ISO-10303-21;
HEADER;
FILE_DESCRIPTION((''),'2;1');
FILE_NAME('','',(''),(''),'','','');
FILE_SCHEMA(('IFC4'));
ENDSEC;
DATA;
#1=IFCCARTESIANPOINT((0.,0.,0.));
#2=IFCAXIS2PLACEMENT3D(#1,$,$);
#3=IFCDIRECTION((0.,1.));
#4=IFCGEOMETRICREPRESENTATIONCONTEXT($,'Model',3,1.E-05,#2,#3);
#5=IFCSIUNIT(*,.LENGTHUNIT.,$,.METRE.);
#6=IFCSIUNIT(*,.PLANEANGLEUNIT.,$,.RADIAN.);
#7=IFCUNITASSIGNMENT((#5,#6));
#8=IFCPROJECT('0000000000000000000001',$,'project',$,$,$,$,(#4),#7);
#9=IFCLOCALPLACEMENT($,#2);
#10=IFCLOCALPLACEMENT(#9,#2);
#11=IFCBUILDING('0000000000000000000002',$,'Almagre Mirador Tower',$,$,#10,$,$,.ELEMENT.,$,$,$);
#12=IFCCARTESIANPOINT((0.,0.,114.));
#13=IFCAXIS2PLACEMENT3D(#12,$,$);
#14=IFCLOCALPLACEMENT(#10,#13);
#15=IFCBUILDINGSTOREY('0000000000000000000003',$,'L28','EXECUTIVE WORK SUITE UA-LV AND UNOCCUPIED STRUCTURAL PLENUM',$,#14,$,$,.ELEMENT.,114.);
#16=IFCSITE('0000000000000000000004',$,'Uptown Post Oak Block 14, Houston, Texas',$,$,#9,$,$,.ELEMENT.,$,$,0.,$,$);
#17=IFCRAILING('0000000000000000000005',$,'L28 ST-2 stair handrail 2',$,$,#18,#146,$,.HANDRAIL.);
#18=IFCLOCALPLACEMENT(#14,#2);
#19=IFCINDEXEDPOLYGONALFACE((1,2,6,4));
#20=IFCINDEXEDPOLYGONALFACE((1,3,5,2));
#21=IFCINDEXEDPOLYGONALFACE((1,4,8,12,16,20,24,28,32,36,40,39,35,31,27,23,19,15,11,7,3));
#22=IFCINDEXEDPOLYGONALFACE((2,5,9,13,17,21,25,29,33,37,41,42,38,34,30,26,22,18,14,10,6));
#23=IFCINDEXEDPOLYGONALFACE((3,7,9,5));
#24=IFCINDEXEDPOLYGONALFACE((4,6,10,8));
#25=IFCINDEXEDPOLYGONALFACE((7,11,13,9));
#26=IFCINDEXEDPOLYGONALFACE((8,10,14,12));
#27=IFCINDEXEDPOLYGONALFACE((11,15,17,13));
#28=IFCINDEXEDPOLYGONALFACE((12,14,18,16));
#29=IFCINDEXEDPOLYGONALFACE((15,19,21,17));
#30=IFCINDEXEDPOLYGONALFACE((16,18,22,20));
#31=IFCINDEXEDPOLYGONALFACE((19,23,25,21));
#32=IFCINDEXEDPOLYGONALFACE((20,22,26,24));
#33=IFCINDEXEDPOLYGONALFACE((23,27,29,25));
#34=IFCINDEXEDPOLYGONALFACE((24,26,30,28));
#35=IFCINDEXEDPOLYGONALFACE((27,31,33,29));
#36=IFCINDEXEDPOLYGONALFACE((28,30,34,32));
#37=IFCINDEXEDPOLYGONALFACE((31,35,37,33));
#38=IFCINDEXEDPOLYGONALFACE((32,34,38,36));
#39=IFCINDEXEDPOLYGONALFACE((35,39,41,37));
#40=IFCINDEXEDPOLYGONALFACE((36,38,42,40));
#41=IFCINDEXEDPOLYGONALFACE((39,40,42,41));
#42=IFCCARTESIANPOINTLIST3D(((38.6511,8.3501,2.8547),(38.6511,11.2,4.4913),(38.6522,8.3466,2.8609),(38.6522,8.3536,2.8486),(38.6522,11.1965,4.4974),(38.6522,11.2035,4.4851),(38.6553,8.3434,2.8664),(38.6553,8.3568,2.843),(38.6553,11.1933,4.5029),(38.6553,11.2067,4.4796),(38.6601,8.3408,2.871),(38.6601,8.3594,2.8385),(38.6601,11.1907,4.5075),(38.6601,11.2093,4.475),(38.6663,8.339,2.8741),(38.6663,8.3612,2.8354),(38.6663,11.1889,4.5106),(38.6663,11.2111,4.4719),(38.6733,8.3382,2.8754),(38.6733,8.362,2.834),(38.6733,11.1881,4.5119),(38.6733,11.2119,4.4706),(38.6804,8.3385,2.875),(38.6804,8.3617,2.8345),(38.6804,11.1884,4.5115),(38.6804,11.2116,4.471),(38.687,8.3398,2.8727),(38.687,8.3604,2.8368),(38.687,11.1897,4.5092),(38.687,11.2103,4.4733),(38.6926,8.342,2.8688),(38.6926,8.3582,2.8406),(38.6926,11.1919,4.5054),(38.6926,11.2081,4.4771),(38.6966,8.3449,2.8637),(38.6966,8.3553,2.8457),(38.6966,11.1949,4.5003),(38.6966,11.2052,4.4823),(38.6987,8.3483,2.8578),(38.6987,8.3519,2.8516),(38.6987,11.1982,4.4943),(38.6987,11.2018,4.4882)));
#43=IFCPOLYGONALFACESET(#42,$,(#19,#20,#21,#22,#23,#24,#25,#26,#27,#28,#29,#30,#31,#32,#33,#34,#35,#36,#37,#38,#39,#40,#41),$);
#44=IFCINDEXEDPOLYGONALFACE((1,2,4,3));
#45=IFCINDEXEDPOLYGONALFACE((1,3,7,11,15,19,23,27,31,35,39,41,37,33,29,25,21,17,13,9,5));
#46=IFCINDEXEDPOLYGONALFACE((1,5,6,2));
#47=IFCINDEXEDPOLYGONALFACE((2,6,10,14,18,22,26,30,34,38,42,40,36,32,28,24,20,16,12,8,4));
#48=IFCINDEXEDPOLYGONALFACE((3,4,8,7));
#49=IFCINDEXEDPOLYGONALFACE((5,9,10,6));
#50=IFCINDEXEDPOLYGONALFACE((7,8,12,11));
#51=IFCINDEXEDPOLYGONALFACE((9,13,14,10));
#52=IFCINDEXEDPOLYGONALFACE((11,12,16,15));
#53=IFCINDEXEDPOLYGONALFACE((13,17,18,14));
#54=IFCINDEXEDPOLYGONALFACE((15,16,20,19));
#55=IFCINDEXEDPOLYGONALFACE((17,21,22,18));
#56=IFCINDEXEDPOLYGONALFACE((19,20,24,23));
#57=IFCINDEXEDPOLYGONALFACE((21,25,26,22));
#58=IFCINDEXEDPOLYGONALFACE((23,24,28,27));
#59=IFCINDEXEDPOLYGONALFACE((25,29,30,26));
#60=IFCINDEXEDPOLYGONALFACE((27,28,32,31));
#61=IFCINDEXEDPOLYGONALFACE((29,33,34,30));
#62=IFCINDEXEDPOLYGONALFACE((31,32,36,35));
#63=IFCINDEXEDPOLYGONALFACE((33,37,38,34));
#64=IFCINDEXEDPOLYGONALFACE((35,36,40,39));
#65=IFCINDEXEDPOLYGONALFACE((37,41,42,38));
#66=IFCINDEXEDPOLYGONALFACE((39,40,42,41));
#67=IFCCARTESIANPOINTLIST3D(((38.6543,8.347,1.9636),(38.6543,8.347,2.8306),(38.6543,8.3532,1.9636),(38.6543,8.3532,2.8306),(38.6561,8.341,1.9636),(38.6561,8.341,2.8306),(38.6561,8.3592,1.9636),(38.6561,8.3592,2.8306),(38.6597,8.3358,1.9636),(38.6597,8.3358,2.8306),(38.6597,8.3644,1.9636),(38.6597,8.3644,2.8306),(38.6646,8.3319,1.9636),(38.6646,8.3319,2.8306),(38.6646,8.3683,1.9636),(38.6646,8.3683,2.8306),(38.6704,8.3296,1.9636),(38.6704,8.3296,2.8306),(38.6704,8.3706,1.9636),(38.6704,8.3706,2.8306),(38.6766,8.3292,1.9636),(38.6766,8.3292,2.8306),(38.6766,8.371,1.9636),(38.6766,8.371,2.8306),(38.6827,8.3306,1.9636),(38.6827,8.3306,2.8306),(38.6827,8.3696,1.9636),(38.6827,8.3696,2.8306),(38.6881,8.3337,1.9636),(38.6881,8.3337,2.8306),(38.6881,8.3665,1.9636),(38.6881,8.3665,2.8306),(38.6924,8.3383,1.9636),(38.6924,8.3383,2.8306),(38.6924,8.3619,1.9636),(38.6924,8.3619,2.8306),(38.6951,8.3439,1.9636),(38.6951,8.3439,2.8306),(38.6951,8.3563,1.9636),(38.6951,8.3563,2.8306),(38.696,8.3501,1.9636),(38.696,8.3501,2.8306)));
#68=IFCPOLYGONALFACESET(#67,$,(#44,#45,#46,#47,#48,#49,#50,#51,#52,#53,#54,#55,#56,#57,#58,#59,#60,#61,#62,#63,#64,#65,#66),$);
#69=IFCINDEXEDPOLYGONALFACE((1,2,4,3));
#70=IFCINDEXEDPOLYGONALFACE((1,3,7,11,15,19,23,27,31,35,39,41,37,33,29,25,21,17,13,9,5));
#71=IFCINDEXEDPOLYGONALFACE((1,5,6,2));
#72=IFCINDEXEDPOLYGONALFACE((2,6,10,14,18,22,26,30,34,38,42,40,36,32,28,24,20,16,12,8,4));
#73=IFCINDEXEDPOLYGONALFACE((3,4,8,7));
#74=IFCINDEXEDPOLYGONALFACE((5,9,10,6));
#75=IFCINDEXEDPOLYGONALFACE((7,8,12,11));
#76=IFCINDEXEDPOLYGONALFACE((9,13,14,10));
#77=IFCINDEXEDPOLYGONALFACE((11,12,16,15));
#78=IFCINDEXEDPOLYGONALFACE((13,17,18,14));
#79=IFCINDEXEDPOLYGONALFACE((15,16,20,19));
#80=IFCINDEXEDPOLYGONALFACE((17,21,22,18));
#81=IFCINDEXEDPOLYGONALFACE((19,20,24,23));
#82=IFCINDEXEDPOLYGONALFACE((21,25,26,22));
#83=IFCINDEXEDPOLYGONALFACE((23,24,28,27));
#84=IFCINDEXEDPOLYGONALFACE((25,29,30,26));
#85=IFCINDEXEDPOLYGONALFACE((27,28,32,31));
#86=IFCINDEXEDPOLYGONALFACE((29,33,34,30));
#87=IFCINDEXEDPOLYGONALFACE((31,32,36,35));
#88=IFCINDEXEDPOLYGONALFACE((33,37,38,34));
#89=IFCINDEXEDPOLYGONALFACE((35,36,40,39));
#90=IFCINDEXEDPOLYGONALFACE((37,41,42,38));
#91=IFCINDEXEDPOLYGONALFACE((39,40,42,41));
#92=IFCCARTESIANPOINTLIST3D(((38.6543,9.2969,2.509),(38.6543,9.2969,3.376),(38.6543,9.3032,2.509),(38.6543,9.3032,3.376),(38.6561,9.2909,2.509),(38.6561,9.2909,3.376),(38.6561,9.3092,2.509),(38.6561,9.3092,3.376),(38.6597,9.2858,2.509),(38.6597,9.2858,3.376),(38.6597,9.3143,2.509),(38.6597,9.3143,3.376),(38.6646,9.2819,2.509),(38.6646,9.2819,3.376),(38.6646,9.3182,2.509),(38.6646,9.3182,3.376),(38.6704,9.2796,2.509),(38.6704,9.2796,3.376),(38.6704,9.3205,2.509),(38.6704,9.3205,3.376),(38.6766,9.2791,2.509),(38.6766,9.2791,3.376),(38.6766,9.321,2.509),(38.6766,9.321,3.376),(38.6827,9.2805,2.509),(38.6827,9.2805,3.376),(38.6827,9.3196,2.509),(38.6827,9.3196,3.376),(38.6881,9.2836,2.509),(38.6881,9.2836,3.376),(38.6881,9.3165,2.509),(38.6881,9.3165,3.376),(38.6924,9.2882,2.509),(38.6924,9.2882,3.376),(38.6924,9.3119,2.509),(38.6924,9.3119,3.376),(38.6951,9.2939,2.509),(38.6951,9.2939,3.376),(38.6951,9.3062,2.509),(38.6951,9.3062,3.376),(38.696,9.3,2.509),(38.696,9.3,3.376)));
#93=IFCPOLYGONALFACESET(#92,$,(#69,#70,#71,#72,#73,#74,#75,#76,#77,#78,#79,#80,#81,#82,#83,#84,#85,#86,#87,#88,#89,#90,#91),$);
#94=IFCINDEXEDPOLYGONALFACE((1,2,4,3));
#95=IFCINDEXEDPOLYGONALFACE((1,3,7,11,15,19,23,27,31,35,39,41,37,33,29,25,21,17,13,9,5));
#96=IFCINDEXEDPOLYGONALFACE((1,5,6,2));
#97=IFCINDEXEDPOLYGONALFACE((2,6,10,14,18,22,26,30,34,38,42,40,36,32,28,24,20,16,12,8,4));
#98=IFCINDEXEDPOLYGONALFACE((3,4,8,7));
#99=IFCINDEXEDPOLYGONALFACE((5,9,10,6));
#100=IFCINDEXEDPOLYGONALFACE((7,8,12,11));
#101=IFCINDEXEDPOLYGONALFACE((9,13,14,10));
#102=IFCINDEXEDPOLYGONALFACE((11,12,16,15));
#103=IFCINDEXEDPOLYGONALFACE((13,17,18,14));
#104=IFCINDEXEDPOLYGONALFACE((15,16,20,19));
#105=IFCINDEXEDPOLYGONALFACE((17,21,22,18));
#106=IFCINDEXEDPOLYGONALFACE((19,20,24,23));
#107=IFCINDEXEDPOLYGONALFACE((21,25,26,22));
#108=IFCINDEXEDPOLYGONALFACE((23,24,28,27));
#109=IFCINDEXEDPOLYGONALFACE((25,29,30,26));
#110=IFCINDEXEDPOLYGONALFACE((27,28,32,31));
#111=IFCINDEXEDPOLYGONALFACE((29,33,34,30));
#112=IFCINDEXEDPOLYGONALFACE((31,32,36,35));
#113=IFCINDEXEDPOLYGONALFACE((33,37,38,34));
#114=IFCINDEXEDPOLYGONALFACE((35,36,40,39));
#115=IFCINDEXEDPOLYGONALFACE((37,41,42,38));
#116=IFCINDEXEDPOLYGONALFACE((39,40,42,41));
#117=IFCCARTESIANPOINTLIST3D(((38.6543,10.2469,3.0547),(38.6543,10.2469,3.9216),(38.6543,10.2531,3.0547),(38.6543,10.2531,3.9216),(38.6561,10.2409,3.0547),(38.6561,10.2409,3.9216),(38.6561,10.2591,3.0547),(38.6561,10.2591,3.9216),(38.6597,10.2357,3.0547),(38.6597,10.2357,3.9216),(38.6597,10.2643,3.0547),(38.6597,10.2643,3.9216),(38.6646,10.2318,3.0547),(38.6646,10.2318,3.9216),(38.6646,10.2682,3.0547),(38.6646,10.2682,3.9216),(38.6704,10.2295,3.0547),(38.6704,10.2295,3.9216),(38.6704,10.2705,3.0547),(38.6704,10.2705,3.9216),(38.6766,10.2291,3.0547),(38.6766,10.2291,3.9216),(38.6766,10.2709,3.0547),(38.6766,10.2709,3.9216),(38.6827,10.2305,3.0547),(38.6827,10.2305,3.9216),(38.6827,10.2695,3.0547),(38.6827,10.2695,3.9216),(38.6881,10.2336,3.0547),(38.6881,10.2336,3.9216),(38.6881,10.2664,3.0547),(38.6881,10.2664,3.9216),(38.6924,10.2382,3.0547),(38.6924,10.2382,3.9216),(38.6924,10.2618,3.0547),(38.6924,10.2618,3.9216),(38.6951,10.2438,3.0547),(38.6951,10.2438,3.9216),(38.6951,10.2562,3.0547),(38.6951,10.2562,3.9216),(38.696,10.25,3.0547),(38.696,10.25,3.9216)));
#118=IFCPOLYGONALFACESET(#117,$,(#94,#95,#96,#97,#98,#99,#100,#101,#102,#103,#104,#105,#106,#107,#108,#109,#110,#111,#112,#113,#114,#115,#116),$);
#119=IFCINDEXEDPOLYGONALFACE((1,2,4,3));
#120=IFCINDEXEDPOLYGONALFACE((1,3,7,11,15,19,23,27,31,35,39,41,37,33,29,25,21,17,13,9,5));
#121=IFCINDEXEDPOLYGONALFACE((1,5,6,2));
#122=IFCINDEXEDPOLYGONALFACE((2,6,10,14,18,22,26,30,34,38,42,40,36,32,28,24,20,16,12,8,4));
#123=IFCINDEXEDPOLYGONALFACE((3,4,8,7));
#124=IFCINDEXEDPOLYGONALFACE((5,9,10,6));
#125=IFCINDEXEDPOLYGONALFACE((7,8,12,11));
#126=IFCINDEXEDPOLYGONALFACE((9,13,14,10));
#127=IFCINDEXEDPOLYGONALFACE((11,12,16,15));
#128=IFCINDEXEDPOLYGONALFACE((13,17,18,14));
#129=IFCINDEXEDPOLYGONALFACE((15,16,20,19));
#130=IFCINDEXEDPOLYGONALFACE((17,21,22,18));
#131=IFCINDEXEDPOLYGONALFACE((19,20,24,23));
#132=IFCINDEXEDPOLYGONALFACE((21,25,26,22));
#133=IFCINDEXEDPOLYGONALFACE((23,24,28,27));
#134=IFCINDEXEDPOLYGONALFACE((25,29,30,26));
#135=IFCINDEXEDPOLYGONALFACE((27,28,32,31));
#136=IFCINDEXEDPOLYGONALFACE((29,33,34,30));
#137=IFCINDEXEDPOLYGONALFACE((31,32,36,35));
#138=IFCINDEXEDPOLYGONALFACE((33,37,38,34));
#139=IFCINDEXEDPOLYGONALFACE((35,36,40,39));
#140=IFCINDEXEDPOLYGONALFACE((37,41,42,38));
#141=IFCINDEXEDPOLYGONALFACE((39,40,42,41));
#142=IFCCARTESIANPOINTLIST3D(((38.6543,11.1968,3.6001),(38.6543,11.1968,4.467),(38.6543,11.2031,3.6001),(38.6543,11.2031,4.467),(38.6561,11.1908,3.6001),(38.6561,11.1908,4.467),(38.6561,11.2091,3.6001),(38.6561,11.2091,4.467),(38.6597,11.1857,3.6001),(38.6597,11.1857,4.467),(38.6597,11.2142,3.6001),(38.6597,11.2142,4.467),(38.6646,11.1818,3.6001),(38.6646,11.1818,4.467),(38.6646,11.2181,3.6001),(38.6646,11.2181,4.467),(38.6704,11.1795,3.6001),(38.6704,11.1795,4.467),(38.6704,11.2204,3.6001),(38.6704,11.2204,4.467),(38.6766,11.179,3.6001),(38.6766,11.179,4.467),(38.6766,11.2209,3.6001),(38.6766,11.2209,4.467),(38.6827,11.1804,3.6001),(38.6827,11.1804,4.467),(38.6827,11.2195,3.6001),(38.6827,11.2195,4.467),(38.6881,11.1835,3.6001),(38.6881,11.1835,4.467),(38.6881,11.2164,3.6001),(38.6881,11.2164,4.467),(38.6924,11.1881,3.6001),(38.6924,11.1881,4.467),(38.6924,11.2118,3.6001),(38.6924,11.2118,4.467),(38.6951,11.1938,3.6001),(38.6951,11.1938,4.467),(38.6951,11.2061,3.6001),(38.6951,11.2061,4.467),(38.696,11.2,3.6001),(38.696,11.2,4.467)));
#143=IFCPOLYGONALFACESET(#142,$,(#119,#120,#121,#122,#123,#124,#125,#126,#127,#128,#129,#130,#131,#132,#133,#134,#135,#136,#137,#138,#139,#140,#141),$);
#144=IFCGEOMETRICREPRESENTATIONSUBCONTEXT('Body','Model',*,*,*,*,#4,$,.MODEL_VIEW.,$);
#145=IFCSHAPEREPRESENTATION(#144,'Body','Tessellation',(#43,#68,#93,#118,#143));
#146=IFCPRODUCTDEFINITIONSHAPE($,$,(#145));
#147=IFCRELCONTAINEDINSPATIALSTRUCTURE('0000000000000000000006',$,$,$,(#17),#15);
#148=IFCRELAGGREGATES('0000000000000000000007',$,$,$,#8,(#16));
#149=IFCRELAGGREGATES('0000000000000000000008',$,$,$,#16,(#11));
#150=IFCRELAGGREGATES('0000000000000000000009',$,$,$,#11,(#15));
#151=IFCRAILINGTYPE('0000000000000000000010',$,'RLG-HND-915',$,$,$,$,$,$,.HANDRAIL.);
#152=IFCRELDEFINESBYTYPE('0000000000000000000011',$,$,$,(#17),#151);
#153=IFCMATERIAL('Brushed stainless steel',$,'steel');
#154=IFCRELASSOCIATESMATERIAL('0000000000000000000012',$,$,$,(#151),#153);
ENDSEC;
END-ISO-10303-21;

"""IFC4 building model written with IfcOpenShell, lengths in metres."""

from ifc_helpers import new_model, si_unit, direction, frame, origin, origin_2d, place, context, subcontext, project, spatial, circle, extrude, material, type_object, element, save


model = new_model("IFC4")

# Units and contexts
model_context = context("Model", 3, precision=1e-05, world=origin(), true_north=direction((0.0, 1.0)))
body_context = subcontext(model_context, "Body", "Model", "MODEL_VIEW")
ifc_project = project(units=[si_unit("LENGTHUNIT", "METRE"), si_unit("PLANEANGLEUNIT", "RADIAN")], contexts=[model_context])

# Site, building, storey
site_placement = place(None, origin())
site = spatial("IfcSite", under=ifc_project, at=site_placement, Name="Uptown Post Oak Block 14, Houston, Texas", CompositionType="ELEMENT", RefElevation=0.0)
building_placement = place(site_placement, origin())
building = spatial("IfcBuilding", under=site, at=building_placement, Name="Almagre Mirador Tower", CompositionType="ELEMENT")
storey_placement = place(building_placement, frame((0.0, 0.0, 114.0)))
storey = spatial("IfcBuildingStorey", under=building, at=storey_placement, Name="L28", Description="EXECUTIVE WORK SUITE UA-LV AND UNOCCUPIED STRUCTURAL PLENUM", CompositionType="ELEMENT", Elevation=114.0)

# Railing
ifc_material_1 = material(Name="Brushed stainless steel", Category="steel")
railing_type_1 = type_object("IfcRailingType", Name="RLG-HND-915", PredefinedType="HANDRAIL", material=ifc_material_1)
railing_1_placement = place(storey_placement, frame((38.675, 8.3501, 1.9636)))
element("IfcRailing", 1, at=railing_1_placement, inside=storey, type_object=railing_type_1, Name="L28 ST-2 stair handrail 2", PredefinedType="HANDRAIL", context=body_context, shape_type="SweptSolid", body=[
    extrude(circle(Radius=0.0239, at=origin_2d()), frame((0.0, 0.0, 0.8911), z_axis=(0.0, 0.867194, 0.49797), x_axis=(-1.0, 0.0, 0.0)), (0.0, 0.0, 1.0), 3.2864),
    extrude(circle(Radius=0.021, at=origin_2d()), origin(), (0.0, 0.0, 1.0), 0.8669),
    extrude(circle(Radius=0.021, at=origin_2d()), frame((0.0, 0.95, 0.5454)), (0.0, 0.0, 1.0), 0.8669),
    extrude(circle(Radius=0.021, at=origin_2d()), frame((0.0, 1.8999, 1.0911)), (0.0, 0.0, 1.0), 0.8669),
    extrude(circle(Radius=0.021, at=origin_2d()), frame((0.0, 2.8499, 1.6365)), (0.0, 0.0, 1.0), 0.8669),
])

save(model, "model.ifc")
